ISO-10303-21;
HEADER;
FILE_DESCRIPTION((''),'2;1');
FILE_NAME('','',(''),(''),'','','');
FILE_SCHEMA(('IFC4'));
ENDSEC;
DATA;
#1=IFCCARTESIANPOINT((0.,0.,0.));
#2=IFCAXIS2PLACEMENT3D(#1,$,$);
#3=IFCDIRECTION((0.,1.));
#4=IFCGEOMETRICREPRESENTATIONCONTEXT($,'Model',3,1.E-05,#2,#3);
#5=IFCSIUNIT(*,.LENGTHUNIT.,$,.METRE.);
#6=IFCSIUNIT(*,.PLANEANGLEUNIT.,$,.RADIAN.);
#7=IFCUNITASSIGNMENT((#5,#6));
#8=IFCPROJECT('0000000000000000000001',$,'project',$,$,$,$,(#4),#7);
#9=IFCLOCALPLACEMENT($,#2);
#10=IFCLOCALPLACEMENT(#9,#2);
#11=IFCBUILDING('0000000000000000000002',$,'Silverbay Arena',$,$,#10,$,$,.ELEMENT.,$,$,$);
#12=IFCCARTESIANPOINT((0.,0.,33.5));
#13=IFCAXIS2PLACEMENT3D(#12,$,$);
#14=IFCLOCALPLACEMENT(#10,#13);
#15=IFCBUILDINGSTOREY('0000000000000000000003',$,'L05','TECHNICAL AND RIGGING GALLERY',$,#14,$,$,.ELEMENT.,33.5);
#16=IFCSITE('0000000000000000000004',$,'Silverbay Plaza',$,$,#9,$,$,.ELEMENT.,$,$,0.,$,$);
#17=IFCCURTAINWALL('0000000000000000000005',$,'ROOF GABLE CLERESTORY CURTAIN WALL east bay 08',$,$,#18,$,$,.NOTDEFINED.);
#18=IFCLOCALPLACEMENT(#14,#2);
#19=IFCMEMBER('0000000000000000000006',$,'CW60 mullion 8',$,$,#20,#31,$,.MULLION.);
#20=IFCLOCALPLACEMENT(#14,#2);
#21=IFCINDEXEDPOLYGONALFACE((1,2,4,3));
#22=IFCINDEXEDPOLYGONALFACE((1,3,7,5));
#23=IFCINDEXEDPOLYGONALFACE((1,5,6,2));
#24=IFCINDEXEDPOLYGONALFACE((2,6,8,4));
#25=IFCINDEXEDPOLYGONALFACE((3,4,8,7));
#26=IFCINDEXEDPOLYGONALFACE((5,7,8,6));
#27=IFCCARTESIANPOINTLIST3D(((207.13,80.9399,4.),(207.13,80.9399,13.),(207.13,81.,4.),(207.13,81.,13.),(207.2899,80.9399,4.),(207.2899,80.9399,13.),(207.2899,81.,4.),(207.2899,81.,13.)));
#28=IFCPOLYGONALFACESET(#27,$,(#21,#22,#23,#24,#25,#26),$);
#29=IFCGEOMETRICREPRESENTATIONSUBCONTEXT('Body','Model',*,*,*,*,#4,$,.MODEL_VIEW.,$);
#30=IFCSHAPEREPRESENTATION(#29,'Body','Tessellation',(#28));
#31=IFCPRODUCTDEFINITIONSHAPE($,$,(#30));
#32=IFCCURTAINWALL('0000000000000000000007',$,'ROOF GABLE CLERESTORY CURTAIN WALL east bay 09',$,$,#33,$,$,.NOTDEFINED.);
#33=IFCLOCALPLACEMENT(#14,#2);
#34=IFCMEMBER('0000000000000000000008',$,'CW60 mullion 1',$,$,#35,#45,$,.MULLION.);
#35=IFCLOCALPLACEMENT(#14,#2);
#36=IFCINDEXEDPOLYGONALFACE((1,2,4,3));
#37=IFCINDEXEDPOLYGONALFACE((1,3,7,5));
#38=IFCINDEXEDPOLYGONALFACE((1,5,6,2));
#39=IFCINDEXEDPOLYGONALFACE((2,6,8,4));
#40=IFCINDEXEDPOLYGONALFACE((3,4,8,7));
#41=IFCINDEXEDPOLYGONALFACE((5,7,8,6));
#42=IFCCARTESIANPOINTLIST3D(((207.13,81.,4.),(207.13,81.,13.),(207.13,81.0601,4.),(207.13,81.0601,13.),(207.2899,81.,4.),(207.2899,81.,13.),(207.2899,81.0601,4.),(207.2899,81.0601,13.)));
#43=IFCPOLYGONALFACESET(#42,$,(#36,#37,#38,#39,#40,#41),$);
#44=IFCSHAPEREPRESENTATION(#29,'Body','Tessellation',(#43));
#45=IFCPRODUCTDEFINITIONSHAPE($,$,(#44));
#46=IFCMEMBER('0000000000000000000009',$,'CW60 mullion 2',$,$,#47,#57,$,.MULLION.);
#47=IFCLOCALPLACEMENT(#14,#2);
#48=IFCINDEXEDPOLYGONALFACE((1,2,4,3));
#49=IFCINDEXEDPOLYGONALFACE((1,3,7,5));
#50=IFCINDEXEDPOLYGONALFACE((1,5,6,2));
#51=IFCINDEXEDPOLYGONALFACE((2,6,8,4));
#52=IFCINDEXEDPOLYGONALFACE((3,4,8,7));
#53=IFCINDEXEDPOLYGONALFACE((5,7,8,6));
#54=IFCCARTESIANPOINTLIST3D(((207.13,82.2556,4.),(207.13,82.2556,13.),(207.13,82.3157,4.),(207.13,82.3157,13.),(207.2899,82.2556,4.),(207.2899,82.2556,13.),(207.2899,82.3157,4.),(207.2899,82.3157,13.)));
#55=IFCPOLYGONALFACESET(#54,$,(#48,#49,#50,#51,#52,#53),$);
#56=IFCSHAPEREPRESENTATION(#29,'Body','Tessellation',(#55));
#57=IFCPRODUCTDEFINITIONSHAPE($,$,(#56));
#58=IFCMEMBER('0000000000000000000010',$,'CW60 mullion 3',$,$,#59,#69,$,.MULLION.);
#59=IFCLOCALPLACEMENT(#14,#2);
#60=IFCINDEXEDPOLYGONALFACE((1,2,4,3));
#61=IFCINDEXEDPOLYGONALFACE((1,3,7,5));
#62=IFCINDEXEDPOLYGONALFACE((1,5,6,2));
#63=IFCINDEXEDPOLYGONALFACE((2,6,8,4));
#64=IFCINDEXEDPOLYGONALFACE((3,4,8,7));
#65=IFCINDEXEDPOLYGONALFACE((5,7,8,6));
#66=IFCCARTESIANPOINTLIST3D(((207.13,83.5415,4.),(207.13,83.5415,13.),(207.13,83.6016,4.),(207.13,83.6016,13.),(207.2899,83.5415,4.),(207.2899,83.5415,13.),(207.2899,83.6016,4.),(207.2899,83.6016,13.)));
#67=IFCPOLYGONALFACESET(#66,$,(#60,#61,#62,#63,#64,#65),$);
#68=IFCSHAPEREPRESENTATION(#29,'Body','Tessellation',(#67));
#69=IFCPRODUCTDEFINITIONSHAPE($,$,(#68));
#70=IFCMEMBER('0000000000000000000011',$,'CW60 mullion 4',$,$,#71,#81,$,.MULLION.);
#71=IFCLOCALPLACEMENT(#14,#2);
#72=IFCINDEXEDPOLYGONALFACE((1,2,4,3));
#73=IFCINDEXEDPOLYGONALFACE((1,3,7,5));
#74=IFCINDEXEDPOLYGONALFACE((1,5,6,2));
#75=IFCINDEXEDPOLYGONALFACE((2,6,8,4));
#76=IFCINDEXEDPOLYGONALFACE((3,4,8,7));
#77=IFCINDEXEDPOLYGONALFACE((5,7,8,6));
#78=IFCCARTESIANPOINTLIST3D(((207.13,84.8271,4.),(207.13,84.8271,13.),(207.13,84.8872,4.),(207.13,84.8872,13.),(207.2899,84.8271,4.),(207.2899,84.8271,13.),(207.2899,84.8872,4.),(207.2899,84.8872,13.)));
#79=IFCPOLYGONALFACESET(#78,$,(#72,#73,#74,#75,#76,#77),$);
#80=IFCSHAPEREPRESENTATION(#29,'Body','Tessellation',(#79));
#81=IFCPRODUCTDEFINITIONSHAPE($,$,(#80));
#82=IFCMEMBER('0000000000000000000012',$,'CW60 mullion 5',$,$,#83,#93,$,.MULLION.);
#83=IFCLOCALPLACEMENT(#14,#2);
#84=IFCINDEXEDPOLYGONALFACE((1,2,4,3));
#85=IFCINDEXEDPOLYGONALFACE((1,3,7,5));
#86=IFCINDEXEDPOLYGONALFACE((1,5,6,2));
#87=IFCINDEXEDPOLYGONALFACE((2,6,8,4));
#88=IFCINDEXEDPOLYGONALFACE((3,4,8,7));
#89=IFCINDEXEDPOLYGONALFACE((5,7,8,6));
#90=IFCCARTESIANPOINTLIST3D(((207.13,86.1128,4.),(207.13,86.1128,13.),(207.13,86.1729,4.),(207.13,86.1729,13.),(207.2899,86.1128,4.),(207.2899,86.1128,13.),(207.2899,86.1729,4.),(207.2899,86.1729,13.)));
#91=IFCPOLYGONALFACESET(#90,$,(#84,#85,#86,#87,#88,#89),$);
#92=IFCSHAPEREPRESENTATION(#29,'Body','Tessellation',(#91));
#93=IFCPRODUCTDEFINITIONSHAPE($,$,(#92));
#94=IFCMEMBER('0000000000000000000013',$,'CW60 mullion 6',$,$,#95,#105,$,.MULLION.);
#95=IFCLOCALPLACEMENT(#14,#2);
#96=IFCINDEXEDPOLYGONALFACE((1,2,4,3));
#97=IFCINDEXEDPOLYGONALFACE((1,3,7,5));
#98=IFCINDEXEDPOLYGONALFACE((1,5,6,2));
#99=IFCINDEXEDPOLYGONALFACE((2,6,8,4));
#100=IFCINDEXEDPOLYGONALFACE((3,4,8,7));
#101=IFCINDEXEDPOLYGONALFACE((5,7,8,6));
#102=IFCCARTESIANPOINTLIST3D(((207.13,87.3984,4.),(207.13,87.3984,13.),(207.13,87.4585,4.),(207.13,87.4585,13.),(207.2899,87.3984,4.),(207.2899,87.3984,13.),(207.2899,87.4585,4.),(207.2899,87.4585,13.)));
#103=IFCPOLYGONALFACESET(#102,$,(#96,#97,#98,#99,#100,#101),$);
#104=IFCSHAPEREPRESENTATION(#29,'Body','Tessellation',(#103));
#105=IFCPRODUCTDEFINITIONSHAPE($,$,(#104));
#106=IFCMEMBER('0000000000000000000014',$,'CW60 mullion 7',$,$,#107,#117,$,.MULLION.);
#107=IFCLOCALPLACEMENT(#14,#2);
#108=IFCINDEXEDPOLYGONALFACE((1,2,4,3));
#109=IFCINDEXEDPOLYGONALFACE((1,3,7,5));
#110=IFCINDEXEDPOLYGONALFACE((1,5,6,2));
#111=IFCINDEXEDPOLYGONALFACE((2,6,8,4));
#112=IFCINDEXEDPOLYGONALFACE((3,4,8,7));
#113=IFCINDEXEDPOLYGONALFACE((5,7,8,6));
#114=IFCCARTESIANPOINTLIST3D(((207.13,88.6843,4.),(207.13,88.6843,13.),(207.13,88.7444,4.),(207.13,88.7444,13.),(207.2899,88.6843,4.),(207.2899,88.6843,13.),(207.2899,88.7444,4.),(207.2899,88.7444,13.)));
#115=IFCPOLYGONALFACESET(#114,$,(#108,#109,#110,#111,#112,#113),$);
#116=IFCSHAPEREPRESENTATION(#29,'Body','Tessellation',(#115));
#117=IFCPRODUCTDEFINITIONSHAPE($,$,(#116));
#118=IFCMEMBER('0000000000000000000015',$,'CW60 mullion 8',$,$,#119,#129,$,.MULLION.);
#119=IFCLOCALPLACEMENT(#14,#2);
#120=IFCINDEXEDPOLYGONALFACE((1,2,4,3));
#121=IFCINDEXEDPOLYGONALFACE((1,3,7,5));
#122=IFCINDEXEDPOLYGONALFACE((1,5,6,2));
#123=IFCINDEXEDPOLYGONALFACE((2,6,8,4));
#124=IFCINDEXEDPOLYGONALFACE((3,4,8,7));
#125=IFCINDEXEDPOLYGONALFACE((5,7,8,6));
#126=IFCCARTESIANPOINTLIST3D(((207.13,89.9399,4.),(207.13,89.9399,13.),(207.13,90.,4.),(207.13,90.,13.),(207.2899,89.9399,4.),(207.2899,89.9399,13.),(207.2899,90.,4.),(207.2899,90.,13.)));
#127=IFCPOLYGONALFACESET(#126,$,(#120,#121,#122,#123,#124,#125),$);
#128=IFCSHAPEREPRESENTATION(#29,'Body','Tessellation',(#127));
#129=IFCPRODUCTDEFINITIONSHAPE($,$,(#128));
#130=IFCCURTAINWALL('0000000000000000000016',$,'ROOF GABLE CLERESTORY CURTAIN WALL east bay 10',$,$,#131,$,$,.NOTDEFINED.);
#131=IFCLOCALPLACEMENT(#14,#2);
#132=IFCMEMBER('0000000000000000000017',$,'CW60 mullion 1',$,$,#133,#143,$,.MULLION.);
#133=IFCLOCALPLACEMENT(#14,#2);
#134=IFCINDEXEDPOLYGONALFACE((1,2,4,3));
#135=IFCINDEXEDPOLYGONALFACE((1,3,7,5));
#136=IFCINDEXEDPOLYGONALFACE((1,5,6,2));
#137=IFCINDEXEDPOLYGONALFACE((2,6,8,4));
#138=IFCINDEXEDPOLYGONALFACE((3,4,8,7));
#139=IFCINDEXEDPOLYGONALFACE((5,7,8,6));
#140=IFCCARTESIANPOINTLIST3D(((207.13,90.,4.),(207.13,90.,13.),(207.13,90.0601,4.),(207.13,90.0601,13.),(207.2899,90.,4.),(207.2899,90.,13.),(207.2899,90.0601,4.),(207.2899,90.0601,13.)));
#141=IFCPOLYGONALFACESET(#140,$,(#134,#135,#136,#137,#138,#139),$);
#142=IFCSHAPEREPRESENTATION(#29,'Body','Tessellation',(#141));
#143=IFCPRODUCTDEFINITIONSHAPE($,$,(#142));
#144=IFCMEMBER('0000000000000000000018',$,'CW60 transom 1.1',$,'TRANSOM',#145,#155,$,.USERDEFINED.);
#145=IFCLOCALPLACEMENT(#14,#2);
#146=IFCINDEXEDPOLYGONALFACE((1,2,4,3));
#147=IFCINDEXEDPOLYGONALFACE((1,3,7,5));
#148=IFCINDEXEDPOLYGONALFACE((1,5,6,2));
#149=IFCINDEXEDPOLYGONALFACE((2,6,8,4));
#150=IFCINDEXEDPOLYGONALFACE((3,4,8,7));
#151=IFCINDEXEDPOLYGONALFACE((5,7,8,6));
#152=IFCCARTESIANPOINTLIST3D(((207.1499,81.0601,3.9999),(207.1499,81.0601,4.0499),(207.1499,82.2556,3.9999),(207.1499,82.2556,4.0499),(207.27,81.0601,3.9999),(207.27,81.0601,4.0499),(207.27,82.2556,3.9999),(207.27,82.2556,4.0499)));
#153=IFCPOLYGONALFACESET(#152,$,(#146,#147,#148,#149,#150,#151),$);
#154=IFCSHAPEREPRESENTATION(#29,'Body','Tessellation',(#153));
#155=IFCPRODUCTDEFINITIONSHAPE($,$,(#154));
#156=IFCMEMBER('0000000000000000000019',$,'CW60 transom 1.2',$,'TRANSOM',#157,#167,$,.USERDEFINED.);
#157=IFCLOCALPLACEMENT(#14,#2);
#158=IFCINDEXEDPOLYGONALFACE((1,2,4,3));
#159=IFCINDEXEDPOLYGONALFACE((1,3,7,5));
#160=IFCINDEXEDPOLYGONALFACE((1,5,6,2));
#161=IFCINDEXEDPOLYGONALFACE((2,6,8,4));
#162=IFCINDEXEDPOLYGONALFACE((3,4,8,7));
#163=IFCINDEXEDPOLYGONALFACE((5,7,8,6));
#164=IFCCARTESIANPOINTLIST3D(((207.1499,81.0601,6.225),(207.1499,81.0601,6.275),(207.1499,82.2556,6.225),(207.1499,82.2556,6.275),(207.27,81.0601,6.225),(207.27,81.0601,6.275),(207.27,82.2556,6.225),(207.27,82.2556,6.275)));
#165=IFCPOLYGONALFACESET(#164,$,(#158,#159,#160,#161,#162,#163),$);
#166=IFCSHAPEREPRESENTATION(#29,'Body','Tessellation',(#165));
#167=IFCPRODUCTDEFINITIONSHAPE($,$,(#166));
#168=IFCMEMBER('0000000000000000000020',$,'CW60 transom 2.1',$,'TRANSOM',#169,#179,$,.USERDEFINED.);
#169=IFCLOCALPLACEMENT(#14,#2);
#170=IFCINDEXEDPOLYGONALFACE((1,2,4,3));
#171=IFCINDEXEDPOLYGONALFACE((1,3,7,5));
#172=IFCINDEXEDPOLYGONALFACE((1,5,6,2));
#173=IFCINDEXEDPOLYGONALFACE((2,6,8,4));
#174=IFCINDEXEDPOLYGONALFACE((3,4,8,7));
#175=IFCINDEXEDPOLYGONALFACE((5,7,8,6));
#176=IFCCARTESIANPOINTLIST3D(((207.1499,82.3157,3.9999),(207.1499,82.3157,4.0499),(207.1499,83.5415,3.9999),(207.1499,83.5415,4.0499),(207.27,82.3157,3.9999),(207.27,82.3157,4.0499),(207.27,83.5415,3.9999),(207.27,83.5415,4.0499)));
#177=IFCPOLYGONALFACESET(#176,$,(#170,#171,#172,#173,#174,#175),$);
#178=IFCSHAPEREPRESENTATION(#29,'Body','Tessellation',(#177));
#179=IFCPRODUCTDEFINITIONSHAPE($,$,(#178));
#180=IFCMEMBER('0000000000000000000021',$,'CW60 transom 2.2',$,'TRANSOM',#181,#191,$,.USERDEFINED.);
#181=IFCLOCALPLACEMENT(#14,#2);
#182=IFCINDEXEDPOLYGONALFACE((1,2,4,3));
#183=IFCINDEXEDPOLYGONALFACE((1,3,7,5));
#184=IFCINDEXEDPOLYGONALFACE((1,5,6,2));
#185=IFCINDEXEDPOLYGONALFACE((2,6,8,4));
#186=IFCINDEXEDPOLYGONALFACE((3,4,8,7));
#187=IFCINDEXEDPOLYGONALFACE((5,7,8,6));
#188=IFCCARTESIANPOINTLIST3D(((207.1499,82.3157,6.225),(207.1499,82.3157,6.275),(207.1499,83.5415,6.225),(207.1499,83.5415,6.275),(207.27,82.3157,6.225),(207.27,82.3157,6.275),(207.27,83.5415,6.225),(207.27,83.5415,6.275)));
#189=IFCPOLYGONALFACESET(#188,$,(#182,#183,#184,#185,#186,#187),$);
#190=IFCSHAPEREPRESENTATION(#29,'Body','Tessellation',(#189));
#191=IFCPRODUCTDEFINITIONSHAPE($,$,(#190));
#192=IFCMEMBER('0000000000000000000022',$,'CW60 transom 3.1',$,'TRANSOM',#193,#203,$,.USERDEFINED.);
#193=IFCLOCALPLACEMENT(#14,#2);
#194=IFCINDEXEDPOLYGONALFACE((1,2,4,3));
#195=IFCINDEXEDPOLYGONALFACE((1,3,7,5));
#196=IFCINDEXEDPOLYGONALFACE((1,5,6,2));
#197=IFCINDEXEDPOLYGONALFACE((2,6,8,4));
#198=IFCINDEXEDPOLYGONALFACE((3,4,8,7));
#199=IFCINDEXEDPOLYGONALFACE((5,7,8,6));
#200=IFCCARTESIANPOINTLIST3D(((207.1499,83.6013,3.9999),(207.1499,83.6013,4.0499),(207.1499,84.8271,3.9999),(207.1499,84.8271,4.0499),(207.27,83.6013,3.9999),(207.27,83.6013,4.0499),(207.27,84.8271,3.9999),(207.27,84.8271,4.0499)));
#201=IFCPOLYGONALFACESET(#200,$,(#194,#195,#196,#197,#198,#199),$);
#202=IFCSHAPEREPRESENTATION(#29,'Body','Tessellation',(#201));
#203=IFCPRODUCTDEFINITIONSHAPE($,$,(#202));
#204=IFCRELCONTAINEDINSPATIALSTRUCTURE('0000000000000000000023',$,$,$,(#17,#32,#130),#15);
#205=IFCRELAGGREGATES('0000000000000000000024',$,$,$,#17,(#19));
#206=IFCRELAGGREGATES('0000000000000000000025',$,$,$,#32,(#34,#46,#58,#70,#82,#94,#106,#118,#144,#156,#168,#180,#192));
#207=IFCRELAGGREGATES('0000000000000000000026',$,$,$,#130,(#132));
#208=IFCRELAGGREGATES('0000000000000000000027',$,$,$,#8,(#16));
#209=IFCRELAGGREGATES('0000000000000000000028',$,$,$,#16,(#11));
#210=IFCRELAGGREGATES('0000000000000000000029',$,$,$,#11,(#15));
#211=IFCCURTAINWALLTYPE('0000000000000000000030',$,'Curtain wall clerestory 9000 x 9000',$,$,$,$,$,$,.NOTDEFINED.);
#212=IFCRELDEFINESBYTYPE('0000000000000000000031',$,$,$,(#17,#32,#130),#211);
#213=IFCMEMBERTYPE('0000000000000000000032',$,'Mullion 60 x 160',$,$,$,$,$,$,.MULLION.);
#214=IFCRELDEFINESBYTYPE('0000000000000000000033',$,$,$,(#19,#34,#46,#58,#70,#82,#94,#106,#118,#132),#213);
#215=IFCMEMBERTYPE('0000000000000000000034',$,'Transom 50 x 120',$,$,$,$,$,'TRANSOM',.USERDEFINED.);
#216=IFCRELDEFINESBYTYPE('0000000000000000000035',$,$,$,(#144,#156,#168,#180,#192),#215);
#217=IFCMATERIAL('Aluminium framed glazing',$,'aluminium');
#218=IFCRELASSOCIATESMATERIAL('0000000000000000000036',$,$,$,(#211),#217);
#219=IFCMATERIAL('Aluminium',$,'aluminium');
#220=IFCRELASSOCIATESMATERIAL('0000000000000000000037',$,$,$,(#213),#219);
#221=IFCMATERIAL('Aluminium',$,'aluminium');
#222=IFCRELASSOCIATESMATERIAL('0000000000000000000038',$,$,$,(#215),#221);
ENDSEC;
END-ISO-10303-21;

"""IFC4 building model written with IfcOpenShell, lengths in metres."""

from ifc_helpers import new_model, si_unit, direction, frame, origin, origin_2d, place, context, subcontext, project, spatial, rectangle, extrude, material, material_profile, profile_set, type_object, element, aggregate, save


model = new_model("IFC4")

# Units and contexts
model_context = context("Model", 3, precision=1e-05, world=origin(), true_north=direction((0.0, 1.0)))
body_context = subcontext(model_context, "Body", "Model", "MODEL_VIEW")
ifc_project = project(units=[si_unit("LENGTHUNIT", "METRE"), si_unit("PLANEANGLEUNIT", "RADIAN")], contexts=[model_context])

# Site, building, storey
site_placement = place(None, origin())
site = spatial("IfcSite", under=ifc_project, at=site_placement, Name="Silverbay Plaza", CompositionType="ELEMENT", RefElevation=0.0)
building_placement = place(site_placement, origin())
building = spatial("IfcBuilding", under=site, at=building_placement, Name="Silverbay Arena", CompositionType="ELEMENT")
storey_placement = place(building_placement, frame((0.0, 0.0, 33.5)))
storey = spatial("IfcBuildingStorey", under=building, at=storey_placement, Name="L05", Description="TECHNICAL AND RIGGING GALLERY", CompositionType="ELEMENT", Elevation=33.5)

# Curtain wall, member
ifc_material_1 = material(Name="Aluminium framed glazing", Category="aluminium")
curtain_wall_type = type_object("IfcCurtainWallType", Name="Curtain wall clerestory 9000 x 9000", PredefinedType="NOTDEFINED", material=ifc_material_1)
curtain_wall_1_placement = place(storey_placement, origin())
curtain_wall_1 = element("IfcCurtainWall", 1, at=curtain_wall_1_placement, inside=storey, type_object=curtain_wall_type, Name="ROOF GABLE CLERESTORY CURTAIN WALL east bay 08", PredefinedType="NOTDEFINED")
ifc_material_2 = material(Name="Aluminium", Category="aluminium")
ifc_material_profile_1 = material_profile(ifc_material_2, rectangle(XDim=0.1599, YDim=0.0601, at=origin_2d()), Name="Mullion 60 x 160")
ifc_profile_set_1 = profile_set([ifc_material_profile_1], Name="Aluminium")
member_type_1 = type_object("IfcMemberType", Name="Mullion 60 x 160", PredefinedType="MULLION", material=ifc_profile_set_1)
member_1_placement = place(storey_placement, frame((207.21, 80.97, 4.0), z_axis=(0.0, 0.0, 1.0), x_axis=(-1.0, 0.0, 0.0)))
member_1 = element("IfcMember", 2, at=member_1_placement, type_object=member_type_1, Name="CW60 mullion 8", PredefinedType="MULLION", context=body_context, shape_type="SweptSolid", body=[
    extrude(rectangle(XDim=0.1599, YDim=0.0601, at=origin_2d()), origin(), (0.0, 0.0, 1.0), 9.0),
])
aggregate(curtain_wall_1, [member_1])

# Curtain wall, members
curtain_wall_2_placement = place(storey_placement, origin())
curtain_wall_2 = element("IfcCurtainWall", 3, at=curtain_wall_2_placement, inside=storey, type_object=curtain_wall_type, Name="ROOF GABLE CLERESTORY CURTAIN WALL east bay 09", PredefinedType="NOTDEFINED")
member_2_placement = place(storey_placement, frame((207.21, 81.03, 4.0), z_axis=(0.0, 0.0, 1.0), x_axis=(-1.0, 0.0, 0.0)))
member_2 = element("IfcMember", 4, at=member_2_placement, type_object=member_type_1, Name="CW60 mullion 1", PredefinedType="MULLION", context=body_context, shape_type="SweptSolid", body=[
    extrude(rectangle(XDim=0.1599, YDim=0.0601, at=origin_2d()), origin(), (0.0, 0.0, 1.0), 9.0),
])
member_3_placement = place(storey_placement, frame((207.21, 82.2856, 4.0), z_axis=(0.0, 0.0, 1.0), x_axis=(-1.0, 0.0, 0.0)))
member_3 = element("IfcMember", 5, at=member_3_placement, type_object=member_type_1, Name="CW60 mullion 2", PredefinedType="MULLION", context=body_context, shape_type="SweptSolid", body=[
    extrude(rectangle(XDim=0.1599, YDim=0.0601, at=origin_2d()), origin(), (0.0, 0.0, 1.0), 9.0),
])
member_4_placement = place(storey_placement, frame((207.21, 83.5715, 4.0), z_axis=(0.0, 0.0, 1.0), x_axis=(-1.0, 0.0, 0.0)))
member_4 = element("IfcMember", 6, at=member_4_placement, type_object=member_type_1, Name="CW60 mullion 3", PredefinedType="MULLION", context=body_context, shape_type="SweptSolid", body=[
    extrude(rectangle(XDim=0.1599, YDim=0.0601, at=origin_2d()), origin(), (0.0, 0.0, 1.0), 9.0),
])
member_5_placement = place(storey_placement, frame((207.21, 84.8572, 4.0), z_axis=(0.0, 0.0, 1.0), x_axis=(-1.0, 0.0, 0.0)))
member_5 = element("IfcMember", 7, at=member_5_placement, type_object=member_type_1, Name="CW60 mullion 4", PredefinedType="MULLION", context=body_context, shape_type="SweptSolid", body=[
    extrude(rectangle(XDim=0.1599, YDim=0.0601, at=origin_2d()), origin(), (0.0, 0.0, 1.0), 9.0),
])
member_6_placement = place(storey_placement, frame((207.21, 86.1428, 4.0), z_axis=(0.0, 0.0, 1.0), x_axis=(-1.0, 0.0, 0.0)))
member_6 = element("IfcMember", 8, at=member_6_placement, type_object=member_type_1, Name="CW60 mullion 5", PredefinedType="MULLION", context=body_context, shape_type="SweptSolid", body=[
    extrude(rectangle(XDim=0.1599, YDim=0.0601, at=origin_2d()), origin(), (0.0, 0.0, 1.0), 9.0),
])
member_7_placement = place(storey_placement, frame((207.21, 87.4285, 4.0), z_axis=(0.0, 0.0, 1.0), x_axis=(-1.0, 0.0, 0.0)))
member_7 = element("IfcMember", 9, at=member_7_placement, type_object=member_type_1, Name="CW60 mullion 6", PredefinedType="MULLION", context=body_context, shape_type="SweptSolid", body=[
    extrude(rectangle(XDim=0.1599, YDim=0.0601, at=origin_2d()), origin(), (0.0, 0.0, 1.0), 9.0),
])
member_8_placement = place(storey_placement, frame((207.21, 88.7144, 4.0), z_axis=(0.0, 0.0, 1.0), x_axis=(-1.0, 0.0, 0.0)))
member_8 = element("IfcMember", 10, at=member_8_placement, type_object=member_type_1, Name="CW60 mullion 7", PredefinedType="MULLION", context=body_context, shape_type="SweptSolid", body=[
    extrude(rectangle(XDim=0.1599, YDim=0.0601, at=origin_2d()), origin(), (0.0, 0.0, 1.0), 9.0),
])
member_9_placement = place(storey_placement, frame((207.21, 89.97, 4.0), z_axis=(0.0, 0.0, 1.0), x_axis=(-1.0, 0.0, 0.0)))
member_9 = element("IfcMember", 11, at=member_9_placement, type_object=member_type_1, Name="CW60 mullion 8", PredefinedType="MULLION", context=body_context, shape_type="SweptSolid", body=[
    extrude(rectangle(XDim=0.1599, YDim=0.0601, at=origin_2d()), origin(), (0.0, 0.0, 1.0), 9.0),
])

# Curtain wall, member
curtain_wall_3_placement = place(storey_placement, origin())
curtain_wall_3 = element("IfcCurtainWall", 12, at=curtain_wall_3_placement, inside=storey, type_object=curtain_wall_type, Name="ROOF GABLE CLERESTORY CURTAIN WALL east bay 10", PredefinedType="NOTDEFINED")
member_10_placement = place(storey_placement, frame((207.21, 90.03, 4.0), z_axis=(0.0, 0.0, 1.0), x_axis=(-1.0, 0.0, 0.0)))
member_10 = element("IfcMember", 13, at=member_10_placement, type_object=member_type_1, Name="CW60 mullion 1", PredefinedType="MULLION", context=body_context, shape_type="SweptSolid", body=[
    extrude(rectangle(XDim=0.1599, YDim=0.0601, at=origin_2d()), origin(), (0.0, 0.0, 1.0), 9.0),
])

# Members
ifc_material_3 = material(Name="Aluminium", Category="aluminium")
ifc_material_profile_2 = material_profile(ifc_material_3, rectangle(XDim=0.1201, YDim=0.05, at=origin_2d()), Name="Transom 50 x 120")
ifc_profile_set_2 = profile_set([ifc_material_profile_2], Name="Aluminium")
member_type_2 = type_object("IfcMemberType", Name="Transom 50 x 120", ElementType="TRANSOM", PredefinedType="USERDEFINED", material=ifc_profile_set_2)
member_11_placement = place(storey_placement, frame((207.21, 81.0601, 4.0249), z_axis=(0.0, 1.0, 0.0), x_axis=(-1.0, 0.0, 0.0)))
member_11 = element("IfcMember", 14, at=member_11_placement, type_object=member_type_2, Name="CW60 transom 1.1", ObjectType="TRANSOM", PredefinedType="USERDEFINED", context=body_context, shape_type="SweptSolid", body=[
    extrude(rectangle(XDim=0.1201, YDim=0.05, at=origin_2d()), origin(), (0.0, 0.0, 1.0), 1.1956),
])
member_12_placement = place(storey_placement, frame((207.21, 81.0601, 6.25), z_axis=(0.0, 1.0, 0.0), x_axis=(-1.0, 0.0, 0.0)))
member_12 = element("IfcMember", 15, at=member_12_placement, type_object=member_type_2, Name="CW60 transom 1.2", ObjectType="TRANSOM", PredefinedType="USERDEFINED", context=body_context, shape_type="SweptSolid", body=[
    extrude(rectangle(XDim=0.1201, YDim=0.05, at=origin_2d()), origin(), (0.0, 0.0, 1.0), 1.1956),
])
member_13_placement = place(storey_placement, frame((207.21, 82.3157, 4.0249), z_axis=(0.0, 1.0, 0.0), x_axis=(-1.0, 0.0, 0.0)))
member_13 = element("IfcMember", 16, at=member_13_placement, type_object=member_type_2, Name="CW60 transom 2.1", ObjectType="TRANSOM", PredefinedType="USERDEFINED", context=body_context, shape_type="SweptSolid", body=[
    extrude(rectangle(XDim=0.1201, YDim=0.05, at=origin_2d()), origin(), (0.0, 0.0, 1.0), 1.2258),
])
member_14_placement = place(storey_placement, frame((207.21, 82.3157, 6.25), z_axis=(0.0, 1.0, 0.0), x_axis=(-1.0, 0.0, 0.0)))
member_14 = element("IfcMember", 17, at=member_14_placement, type_object=member_type_2, Name="CW60 transom 2.2", ObjectType="TRANSOM", PredefinedType="USERDEFINED", context=body_context, shape_type="SweptSolid", body=[
    extrude(rectangle(XDim=0.1201, YDim=0.05, at=origin_2d()), origin(), (0.0, 0.0, 1.0), 1.2258),
])
member_15_placement = place(storey_placement, frame((207.21, 83.6013, 4.0249), z_axis=(0.0, 1.0, 0.0), x_axis=(-1.0, 0.0, 0.0)))
member_15 = element("IfcMember", 18, at=member_15_placement, type_object=member_type_2, Name="CW60 transom 3.1", ObjectType="TRANSOM", PredefinedType="USERDEFINED", context=body_context, shape_type="SweptSolid", body=[
    extrude(rectangle(XDim=0.1201, YDim=0.05, at=origin_2d()), origin(), (0.0, 0.0, 1.0), 1.2258),
])
aggregate(curtain_wall_2, [member_2, member_3, member_4, member_5, member_6, member_7, member_8, member_9, member_11, member_12, member_13, member_14, member_15])

aggregate(curtain_wall_3, [member_10])

save(model, "model.ifc")
